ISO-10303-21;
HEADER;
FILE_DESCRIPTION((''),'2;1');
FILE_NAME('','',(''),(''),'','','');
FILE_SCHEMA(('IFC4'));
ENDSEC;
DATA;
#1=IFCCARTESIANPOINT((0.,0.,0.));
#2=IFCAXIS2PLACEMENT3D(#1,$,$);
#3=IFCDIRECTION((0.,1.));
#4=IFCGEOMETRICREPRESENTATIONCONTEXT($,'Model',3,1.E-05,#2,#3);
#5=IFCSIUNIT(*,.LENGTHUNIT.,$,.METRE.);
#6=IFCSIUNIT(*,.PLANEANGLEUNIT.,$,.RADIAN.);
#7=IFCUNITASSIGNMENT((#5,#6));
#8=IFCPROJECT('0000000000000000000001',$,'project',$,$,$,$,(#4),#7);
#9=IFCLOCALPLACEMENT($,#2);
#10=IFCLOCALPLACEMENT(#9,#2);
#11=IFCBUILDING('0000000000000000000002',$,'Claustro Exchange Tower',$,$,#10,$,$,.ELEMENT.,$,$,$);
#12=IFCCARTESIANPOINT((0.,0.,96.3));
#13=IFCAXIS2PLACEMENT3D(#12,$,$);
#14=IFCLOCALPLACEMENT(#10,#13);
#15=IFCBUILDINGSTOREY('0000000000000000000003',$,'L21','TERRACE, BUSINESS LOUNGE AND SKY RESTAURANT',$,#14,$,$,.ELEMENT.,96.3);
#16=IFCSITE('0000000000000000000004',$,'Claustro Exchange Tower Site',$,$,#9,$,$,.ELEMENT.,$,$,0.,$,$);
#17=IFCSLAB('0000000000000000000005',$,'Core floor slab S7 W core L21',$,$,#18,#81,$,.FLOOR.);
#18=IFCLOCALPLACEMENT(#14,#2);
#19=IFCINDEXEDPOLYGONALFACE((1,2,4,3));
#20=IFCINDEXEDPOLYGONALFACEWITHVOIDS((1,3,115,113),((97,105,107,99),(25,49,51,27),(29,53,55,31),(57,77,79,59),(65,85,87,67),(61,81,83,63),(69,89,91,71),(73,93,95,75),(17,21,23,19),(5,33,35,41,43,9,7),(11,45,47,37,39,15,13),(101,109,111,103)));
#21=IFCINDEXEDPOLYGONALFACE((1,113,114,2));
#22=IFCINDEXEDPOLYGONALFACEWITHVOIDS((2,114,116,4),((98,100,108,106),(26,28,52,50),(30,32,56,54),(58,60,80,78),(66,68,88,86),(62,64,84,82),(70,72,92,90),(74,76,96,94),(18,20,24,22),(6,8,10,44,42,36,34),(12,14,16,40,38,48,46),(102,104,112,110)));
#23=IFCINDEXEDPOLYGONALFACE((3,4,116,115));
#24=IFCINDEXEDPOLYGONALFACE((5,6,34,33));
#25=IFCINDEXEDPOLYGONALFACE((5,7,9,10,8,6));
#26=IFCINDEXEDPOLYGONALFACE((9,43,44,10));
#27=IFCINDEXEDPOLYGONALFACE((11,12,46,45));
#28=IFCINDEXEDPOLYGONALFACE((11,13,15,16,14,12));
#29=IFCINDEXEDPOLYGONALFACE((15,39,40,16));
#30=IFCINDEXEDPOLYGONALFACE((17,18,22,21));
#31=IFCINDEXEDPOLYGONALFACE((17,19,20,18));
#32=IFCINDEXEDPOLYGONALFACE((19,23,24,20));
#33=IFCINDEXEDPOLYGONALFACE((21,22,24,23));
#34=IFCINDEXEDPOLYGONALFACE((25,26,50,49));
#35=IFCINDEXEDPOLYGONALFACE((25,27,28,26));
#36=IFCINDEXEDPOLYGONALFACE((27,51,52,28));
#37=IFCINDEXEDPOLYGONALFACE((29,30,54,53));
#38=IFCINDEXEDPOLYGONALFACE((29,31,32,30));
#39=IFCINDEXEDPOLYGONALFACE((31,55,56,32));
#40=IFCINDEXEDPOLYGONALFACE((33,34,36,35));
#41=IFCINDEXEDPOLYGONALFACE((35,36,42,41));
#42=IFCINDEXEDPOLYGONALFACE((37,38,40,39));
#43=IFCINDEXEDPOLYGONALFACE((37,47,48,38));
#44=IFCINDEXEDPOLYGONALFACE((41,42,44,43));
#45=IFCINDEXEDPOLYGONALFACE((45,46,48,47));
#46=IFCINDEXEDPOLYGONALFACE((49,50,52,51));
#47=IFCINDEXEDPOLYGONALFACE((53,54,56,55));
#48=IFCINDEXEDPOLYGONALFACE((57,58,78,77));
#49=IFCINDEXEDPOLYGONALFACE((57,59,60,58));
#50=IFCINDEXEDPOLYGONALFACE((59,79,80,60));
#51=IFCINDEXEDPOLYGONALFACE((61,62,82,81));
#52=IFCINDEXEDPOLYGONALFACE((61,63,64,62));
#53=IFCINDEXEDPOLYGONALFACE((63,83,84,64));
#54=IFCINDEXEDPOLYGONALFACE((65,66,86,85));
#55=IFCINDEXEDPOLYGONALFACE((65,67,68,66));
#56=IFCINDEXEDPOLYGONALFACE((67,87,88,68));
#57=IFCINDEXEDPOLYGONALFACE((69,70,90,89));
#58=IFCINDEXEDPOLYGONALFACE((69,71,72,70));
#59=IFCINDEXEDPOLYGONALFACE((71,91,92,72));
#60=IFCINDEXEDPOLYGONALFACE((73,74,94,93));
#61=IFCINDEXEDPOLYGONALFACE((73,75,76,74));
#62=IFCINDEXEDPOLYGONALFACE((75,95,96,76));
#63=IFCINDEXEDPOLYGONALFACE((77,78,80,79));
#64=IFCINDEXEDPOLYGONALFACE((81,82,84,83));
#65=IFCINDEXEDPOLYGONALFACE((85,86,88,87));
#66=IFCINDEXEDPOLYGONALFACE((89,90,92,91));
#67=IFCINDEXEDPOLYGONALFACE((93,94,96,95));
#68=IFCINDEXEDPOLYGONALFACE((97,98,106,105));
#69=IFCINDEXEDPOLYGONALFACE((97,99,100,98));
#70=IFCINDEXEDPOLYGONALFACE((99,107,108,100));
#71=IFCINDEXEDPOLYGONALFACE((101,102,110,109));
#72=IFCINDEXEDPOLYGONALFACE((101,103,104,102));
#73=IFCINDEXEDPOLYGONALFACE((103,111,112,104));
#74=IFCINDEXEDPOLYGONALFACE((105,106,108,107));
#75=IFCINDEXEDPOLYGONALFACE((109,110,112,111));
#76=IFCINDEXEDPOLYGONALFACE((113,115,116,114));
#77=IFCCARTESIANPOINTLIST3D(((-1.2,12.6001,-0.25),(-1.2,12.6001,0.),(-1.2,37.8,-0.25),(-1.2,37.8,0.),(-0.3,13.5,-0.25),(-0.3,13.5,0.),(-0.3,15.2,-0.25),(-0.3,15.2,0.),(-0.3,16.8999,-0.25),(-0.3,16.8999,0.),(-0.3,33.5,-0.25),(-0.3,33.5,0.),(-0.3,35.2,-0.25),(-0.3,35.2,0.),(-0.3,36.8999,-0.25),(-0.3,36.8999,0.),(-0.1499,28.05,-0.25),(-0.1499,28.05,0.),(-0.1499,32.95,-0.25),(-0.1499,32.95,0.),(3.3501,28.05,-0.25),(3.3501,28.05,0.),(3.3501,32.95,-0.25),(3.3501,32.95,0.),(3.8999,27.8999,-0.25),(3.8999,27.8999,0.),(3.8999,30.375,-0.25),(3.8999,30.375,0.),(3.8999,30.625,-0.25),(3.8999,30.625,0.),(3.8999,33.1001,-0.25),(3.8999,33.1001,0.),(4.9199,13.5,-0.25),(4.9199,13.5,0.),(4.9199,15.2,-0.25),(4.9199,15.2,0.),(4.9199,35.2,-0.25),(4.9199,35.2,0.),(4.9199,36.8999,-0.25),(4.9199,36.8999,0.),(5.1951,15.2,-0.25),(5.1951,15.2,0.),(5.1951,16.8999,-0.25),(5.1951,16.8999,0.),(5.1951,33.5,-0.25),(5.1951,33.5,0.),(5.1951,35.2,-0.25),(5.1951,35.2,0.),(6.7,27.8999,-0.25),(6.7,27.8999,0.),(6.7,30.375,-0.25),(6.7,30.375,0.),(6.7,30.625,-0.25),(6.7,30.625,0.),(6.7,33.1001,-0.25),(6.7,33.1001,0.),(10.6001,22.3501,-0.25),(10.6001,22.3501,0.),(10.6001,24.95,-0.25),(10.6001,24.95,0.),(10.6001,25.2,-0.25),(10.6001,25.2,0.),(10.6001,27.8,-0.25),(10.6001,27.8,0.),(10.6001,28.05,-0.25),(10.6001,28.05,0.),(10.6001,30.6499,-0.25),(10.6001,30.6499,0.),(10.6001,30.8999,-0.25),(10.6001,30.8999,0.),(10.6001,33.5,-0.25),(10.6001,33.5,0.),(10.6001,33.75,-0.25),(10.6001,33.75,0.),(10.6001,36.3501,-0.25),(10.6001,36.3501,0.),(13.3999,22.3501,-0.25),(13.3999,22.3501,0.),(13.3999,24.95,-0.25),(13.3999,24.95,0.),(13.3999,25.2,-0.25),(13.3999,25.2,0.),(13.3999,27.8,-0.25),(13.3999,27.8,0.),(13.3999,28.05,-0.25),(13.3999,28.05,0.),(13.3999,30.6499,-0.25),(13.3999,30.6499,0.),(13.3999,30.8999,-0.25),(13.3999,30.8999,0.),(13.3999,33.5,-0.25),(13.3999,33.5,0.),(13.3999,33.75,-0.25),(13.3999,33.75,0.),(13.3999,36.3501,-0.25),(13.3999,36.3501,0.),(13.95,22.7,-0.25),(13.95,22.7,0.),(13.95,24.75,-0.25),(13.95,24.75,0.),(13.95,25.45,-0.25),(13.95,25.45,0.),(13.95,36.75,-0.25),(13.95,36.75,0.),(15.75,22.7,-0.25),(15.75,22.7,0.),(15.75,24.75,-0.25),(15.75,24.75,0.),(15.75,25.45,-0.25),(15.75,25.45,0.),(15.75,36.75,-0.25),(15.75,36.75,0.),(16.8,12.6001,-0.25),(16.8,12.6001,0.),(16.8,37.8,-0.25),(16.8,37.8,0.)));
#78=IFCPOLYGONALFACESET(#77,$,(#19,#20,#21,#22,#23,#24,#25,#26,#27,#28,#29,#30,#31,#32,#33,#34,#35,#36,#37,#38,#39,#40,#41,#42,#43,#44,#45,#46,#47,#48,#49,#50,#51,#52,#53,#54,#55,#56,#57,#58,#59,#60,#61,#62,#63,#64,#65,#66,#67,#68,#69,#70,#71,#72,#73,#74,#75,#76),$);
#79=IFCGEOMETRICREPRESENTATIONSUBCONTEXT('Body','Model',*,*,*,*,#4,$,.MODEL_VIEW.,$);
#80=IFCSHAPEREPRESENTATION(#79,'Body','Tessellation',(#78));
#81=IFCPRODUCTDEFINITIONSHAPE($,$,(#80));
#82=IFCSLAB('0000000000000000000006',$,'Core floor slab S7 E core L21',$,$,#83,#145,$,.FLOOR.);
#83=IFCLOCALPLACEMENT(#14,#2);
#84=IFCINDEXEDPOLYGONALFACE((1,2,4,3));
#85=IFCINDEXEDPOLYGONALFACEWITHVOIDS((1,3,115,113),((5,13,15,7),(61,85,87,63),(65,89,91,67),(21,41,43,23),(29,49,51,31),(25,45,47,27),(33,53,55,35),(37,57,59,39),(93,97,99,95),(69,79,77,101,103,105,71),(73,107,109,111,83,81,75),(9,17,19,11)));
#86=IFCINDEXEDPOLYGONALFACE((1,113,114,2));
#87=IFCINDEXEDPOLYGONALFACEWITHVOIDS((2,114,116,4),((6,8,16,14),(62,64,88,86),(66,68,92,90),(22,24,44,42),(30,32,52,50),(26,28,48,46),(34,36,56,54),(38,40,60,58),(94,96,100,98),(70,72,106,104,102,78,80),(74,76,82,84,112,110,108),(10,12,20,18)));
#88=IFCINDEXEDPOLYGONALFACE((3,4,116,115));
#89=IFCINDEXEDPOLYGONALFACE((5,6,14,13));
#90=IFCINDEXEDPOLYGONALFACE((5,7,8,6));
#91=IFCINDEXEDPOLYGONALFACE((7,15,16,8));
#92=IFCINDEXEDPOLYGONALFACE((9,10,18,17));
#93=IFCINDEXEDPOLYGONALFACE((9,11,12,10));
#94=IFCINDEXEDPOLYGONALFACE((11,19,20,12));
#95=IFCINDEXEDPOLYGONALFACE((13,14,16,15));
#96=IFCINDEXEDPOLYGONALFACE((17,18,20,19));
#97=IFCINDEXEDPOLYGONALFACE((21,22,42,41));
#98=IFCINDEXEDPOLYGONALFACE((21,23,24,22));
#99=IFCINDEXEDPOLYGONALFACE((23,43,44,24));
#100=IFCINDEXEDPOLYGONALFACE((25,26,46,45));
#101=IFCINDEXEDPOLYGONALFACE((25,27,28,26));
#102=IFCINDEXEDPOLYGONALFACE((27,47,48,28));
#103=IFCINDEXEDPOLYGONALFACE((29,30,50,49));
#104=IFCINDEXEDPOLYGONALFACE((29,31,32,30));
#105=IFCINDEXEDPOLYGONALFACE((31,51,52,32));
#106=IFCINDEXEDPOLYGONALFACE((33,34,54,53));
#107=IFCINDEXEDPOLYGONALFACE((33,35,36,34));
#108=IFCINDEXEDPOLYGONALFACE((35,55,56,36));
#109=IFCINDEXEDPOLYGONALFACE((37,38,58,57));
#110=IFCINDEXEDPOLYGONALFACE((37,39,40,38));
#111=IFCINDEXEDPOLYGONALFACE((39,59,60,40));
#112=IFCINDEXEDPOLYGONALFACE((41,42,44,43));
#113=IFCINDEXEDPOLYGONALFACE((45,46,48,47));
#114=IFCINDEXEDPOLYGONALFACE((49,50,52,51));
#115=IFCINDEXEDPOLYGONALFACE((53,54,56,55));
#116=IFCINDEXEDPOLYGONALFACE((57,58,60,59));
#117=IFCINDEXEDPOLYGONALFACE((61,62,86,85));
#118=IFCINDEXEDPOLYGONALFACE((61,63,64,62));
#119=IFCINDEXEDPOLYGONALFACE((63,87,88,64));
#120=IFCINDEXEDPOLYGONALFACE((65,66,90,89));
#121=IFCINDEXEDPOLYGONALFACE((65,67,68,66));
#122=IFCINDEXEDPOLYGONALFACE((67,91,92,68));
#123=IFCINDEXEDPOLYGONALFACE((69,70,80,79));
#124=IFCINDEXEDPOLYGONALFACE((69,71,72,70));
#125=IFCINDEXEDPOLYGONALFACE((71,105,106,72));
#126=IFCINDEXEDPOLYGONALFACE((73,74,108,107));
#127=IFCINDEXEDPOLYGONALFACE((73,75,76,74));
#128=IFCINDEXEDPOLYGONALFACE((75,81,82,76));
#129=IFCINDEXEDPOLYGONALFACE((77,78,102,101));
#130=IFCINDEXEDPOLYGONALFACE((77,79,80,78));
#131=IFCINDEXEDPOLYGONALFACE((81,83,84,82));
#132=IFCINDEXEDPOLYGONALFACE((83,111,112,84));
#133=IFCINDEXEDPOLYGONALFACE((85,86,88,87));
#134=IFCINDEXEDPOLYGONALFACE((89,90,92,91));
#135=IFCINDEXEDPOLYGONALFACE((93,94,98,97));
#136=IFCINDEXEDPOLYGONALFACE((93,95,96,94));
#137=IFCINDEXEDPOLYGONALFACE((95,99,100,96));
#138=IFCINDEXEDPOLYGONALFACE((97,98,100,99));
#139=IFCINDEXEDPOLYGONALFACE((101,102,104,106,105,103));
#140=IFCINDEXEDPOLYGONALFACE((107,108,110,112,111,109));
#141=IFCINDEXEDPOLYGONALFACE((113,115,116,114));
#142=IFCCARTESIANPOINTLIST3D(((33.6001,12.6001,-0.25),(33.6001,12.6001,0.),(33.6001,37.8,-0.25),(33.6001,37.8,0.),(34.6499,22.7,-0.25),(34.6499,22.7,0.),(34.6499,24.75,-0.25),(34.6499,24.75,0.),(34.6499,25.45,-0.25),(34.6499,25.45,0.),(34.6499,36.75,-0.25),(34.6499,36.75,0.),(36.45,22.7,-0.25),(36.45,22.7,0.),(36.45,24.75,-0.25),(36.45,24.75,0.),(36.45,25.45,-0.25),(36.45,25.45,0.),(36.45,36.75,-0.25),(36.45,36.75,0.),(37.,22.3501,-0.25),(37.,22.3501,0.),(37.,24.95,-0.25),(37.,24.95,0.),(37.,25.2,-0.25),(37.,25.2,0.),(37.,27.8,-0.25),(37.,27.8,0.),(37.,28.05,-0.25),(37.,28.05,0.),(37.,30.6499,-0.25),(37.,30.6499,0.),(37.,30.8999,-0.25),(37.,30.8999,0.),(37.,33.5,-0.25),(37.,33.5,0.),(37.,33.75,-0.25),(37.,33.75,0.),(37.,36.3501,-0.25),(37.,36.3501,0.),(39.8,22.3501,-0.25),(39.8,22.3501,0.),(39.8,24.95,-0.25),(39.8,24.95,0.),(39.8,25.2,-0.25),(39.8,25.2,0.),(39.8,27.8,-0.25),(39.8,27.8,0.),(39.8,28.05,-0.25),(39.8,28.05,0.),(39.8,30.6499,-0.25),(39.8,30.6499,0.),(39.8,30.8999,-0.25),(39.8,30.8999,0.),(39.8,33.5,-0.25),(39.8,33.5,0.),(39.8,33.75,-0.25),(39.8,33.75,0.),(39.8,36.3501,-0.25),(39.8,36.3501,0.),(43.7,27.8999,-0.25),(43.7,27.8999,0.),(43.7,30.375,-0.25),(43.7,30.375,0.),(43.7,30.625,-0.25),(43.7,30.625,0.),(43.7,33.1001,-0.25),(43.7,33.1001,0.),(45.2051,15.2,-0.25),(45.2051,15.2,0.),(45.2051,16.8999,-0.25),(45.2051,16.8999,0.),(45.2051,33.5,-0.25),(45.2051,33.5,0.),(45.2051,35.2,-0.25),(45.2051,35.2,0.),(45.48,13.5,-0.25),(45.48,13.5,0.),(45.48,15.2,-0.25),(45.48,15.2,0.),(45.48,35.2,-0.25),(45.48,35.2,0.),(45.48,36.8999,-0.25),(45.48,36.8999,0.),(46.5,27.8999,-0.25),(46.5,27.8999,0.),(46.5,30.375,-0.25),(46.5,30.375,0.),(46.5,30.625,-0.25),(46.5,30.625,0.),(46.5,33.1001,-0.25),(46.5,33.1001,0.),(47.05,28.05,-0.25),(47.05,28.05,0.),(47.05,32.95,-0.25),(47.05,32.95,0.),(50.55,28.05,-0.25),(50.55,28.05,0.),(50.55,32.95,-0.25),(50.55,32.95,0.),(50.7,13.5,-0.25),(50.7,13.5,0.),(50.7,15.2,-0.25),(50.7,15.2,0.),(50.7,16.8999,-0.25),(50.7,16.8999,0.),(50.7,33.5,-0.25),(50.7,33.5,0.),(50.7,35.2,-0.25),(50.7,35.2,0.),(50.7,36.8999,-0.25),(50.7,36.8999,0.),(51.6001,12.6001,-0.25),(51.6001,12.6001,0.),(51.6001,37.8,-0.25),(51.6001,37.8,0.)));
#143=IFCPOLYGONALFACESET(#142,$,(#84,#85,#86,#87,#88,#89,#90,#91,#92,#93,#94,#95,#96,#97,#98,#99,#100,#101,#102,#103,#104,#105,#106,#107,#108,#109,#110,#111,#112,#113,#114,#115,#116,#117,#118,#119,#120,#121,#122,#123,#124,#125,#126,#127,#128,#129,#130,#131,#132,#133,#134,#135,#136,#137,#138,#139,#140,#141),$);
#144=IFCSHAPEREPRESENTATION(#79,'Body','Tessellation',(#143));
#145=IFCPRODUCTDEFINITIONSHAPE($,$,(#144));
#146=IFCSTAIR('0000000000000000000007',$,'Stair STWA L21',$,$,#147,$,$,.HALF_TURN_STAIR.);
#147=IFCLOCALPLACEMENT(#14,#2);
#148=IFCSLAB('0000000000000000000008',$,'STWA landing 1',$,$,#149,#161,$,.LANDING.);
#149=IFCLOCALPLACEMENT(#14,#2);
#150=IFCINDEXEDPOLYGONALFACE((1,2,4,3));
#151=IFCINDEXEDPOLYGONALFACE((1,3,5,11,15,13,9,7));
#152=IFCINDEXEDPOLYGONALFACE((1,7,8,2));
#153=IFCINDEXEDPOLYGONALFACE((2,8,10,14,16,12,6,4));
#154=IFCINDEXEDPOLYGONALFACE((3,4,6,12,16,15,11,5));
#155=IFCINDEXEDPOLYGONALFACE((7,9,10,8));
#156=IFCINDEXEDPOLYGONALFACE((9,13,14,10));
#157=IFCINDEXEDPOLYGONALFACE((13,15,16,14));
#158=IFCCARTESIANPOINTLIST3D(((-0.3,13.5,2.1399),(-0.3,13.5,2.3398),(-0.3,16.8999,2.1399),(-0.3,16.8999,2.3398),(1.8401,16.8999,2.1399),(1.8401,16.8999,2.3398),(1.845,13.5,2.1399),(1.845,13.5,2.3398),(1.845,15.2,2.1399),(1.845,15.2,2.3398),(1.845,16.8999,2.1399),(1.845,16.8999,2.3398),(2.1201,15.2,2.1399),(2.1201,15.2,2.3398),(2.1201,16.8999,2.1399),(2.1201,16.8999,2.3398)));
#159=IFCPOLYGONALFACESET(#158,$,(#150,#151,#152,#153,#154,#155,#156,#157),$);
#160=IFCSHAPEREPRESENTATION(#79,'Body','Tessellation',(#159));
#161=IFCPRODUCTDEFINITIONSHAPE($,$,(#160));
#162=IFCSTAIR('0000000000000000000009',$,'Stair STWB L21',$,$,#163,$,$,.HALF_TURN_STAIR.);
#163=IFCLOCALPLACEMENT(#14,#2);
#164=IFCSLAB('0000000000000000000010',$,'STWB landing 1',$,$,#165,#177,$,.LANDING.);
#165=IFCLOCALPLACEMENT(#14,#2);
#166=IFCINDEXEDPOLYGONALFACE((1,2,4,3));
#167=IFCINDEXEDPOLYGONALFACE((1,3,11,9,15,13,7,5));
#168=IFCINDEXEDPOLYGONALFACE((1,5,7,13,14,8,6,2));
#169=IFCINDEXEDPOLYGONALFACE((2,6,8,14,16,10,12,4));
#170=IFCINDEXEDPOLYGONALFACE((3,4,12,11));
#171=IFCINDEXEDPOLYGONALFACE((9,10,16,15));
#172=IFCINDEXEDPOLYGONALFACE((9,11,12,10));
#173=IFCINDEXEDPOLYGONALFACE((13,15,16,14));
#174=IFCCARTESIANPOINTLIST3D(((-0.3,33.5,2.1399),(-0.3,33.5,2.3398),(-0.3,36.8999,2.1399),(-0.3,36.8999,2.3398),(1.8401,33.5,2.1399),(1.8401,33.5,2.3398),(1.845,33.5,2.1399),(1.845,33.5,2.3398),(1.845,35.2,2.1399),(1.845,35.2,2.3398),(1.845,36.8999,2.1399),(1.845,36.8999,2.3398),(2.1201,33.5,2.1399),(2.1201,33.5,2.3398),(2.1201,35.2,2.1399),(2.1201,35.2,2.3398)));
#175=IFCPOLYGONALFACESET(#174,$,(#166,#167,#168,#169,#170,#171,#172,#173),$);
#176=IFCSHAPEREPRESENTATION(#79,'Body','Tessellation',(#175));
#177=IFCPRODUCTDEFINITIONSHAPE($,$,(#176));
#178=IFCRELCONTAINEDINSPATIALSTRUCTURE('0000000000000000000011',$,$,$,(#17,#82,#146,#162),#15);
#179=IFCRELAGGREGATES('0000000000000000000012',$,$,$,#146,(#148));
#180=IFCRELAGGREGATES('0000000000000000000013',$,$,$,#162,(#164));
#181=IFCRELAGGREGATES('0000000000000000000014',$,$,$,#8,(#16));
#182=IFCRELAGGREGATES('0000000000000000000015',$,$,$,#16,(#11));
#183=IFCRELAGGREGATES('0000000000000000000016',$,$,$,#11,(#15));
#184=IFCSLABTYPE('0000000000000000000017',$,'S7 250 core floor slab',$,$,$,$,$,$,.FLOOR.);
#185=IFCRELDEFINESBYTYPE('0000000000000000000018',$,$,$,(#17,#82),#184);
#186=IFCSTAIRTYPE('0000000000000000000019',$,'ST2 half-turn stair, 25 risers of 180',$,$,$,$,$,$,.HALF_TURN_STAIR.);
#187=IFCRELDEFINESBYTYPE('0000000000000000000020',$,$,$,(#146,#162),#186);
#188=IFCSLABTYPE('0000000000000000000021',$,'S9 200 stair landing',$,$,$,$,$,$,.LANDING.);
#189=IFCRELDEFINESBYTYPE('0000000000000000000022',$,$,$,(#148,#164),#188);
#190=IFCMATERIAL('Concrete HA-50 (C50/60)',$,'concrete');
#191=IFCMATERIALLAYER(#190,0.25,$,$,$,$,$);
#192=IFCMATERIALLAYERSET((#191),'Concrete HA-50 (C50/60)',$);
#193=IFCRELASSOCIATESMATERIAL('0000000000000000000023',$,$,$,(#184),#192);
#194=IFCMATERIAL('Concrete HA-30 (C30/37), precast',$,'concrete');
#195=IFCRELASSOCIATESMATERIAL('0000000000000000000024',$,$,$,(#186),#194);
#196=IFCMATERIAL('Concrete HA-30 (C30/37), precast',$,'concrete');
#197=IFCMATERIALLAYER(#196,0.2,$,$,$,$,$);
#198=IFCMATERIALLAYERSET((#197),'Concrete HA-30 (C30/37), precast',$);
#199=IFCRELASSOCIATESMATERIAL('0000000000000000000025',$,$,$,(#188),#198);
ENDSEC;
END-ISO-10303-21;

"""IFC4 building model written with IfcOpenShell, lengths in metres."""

from ifc_helpers import new_model, si_unit, direction, frame, origin, place, context, subcontext, project, spatial, polyline, outline, extrude, material, layer, layer_set, type_object, element, aggregate, save


model = new_model("IFC4")

# Units and contexts
model_context = context("Model", 3, precision=1e-05, world=origin(), true_north=direction((0.0, 1.0)))
body_context = subcontext(model_context, "Body", "Model", "MODEL_VIEW")
ifc_project = project(units=[si_unit("LENGTHUNIT", "METRE"), si_unit("PLANEANGLEUNIT", "RADIAN")], contexts=[model_context])

# Site, building, storey
site_placement = place(None, origin())
site = spatial("IfcSite", under=ifc_project, at=site_placement, Name="Claustro Exchange Tower Site", CompositionType="ELEMENT", RefElevation=0.0)
building_placement = place(site_placement, origin())
building = spatial("IfcBuilding", under=site, at=building_placement, Name="Claustro Exchange Tower", CompositionType="ELEMENT")
storey_placement = place(building_placement, frame((0.0, 0.0, 96.3)))
storey = spatial("IfcBuildingStorey", under=building, at=storey_placement, Name="L21", Description="TERRACE, BUSINESS LOUNGE AND SKY RESTAURANT", CompositionType="ELEMENT", Elevation=96.3)

# Slabs
ifc_material_1 = material(Name="Concrete HA-50 (C50/60)", Category="concrete")
ifc_layer_1 = layer(ifc_material_1, 0.25)
ifc_layer_set_1 = layer_set([ifc_layer_1], Name="Concrete HA-50 (C50/60)")
slab_type_1 = type_object("IfcSlabType", Name="S7 250 core floor slab", PredefinedType="FLOOR", material=ifc_layer_set_1)
slab_1_placement = place(storey_placement, frame((0.0, 0.0, -0.25)))
element("IfcSlab", 1, at=slab_1_placement, inside=storey, type_object=slab_type_1, Name="Core floor slab S7 W core L21", PredefinedType="FLOOR", context=body_context, shape_type="SweptSolid", body=[
    extrude(outline(polyline([(-1.2, 12.6001), (16.8, 12.6001), (16.8, 37.8), (-1.2, 37.8), (-1.2, 12.6001)]), holes=[polyline([(13.95, 24.75), (15.75, 24.75), (15.75, 22.7), (13.95, 22.7), (13.95, 24.75)]), polyline([(13.95, 36.75), (15.75, 36.75), (15.75, 25.45), (13.95, 25.45), (13.95, 36.75)]), polyline([(13.3999, 24.95), (13.3999, 22.3501), (10.6001, 22.3501), (10.6001, 24.95), (13.3999, 24.95)]), polyline([(13.3999, 27.8), (13.3999, 25.2), (10.6001, 25.2), (10.6001, 27.8), (13.3999, 27.8)]), polyline([(13.3999, 30.6499), (13.3999, 28.05), (10.6001, 28.05), (10.6001, 30.6499), (13.3999, 30.6499)]), polyline([(13.3999, 33.5), (13.3999, 30.8999), (10.6001, 30.8999), (10.6001, 33.5), (13.3999, 33.5)]), polyline([(13.3999, 36.3501), (13.3999, 33.75), (10.6001, 33.75), (10.6001, 36.3501), (13.3999, 36.3501)]), polyline([(6.7, 30.375), (6.7, 27.8999), (3.8999, 27.8999), (3.8999, 30.375), (6.7, 30.375)]), polyline([(6.7, 33.1001), (6.7, 30.625), (3.8999, 30.625), (3.8999, 33.1001), (6.7, 33.1001)]), polyline([(-0.3, 15.2), (-0.3, 16.8999), (5.1951, 16.8999), (5.1951, 15.2), (4.9199, 15.2), (4.9199, 13.5), (-0.3, 13.5), (-0.3, 15.2)]), polyline([(-0.3, 35.2), (-0.3, 36.8999), (4.9199, 36.8999), (4.9199, 35.2), (5.1951, 35.2), (5.1951, 33.5), (-0.3, 33.5), (-0.3, 35.2)]), polyline([(-0.1499, 32.95), (3.3501, 32.95), (3.3501, 28.05), (-0.1499, 28.05), (-0.1499, 32.95)])]), origin(), (0.0, 0.0, 1.0), 0.25),
])
slab_2_placement = place(storey_placement, frame((0.0, 0.0, -0.25)))
element("IfcSlab", 2, at=slab_2_placement, inside=storey, type_object=slab_type_1, Name="Core floor slab S7 E core L21", PredefinedType="FLOOR", context=body_context, shape_type="SweptSolid", body=[
    extrude(outline(polyline([(33.6001, 12.6001), (51.6001, 12.6001), (51.6001, 37.8), (33.6001, 37.8), (33.6001, 12.6001)]), holes=[polyline([(45.48, 15.2), (45.2051, 15.2), (45.2051, 16.8999), (50.7, 16.8999), (50.7, 15.2), (50.7, 13.5), (45.48, 13.5), (45.48, 15.2)]), polyline([(45.48, 35.2), (45.48, 36.8999), (50.7, 36.8999), (50.7, 35.2), (50.7, 33.5), (45.2051, 33.5), (45.2051, 35.2), (45.48, 35.2)]), polyline([(50.55, 32.95), (50.55, 28.05), (47.05, 28.05), (47.05, 32.95), (50.55, 32.95)]), polyline([(43.7, 33.1001), (46.5, 33.1001), (46.5, 30.625), (43.7, 30.625), (43.7, 33.1001)]), polyline([(46.5, 30.375), (46.5, 27.8999), (43.7, 27.8999), (43.7, 30.375), (46.5, 30.375)]), polyline([(37.0, 24.95), (39.8, 24.95), (39.8, 22.3501), (37.0, 22.3501), (37.0, 24.95)]), polyline([(37.0, 30.6499), (39.8, 30.6499), (39.8, 28.05), (37.0, 28.05), (37.0, 30.6499)]), polyline([(39.8, 27.8), (39.8, 25.2), (37.0, 25.2), (37.0, 27.8), (39.8, 27.8)]), polyline([(39.8, 33.5), (39.8, 30.8999), (37.0, 30.8999), (37.0, 33.5), (39.8, 33.5)]), polyline([(39.8, 36.3501), (39.8, 33.75), (37.0, 33.75), (37.0, 36.3501), (39.8, 36.3501)]), polyline([(36.45, 24.75), (36.45, 22.7), (34.6499, 22.7), (34.6499, 24.75), (36.45, 24.75)]), polyline([(36.45, 36.75), (36.45, 25.45), (34.6499, 25.45), (34.6499, 36.75), (36.45, 36.75)])]), origin(), (0.0, 0.0, 1.0), 0.25),
])

# Stairs, slabs
ifc_material_2 = material(Name="Concrete HA-30 (C30/37), precast", Category="concrete")
stair_type = type_object("IfcStairType", Name="ST2 half-turn stair, 25 risers of 180", PredefinedType="HALF_TURN_STAIR", material=ifc_material_2)
stair_1_placement = place(storey_placement, origin())
stair_1 = element("IfcStair", 3, at=stair_1_placement, inside=storey, type_object=stair_type, Name="Stair STWA L21", PredefinedType="HALF_TURN_STAIR")
ifc_material_3 = material(Name="Concrete HA-30 (C30/37), precast", Category="concrete")
ifc_layer_2 = layer(ifc_material_3, 0.2)
ifc_layer_set_2 = layer_set([ifc_layer_2], Name="Concrete HA-30 (C30/37), precast")
slab_type_2 = type_object("IfcSlabType", Name="S9 200 stair landing", PredefinedType="LANDING", material=ifc_layer_set_2)
slab_3_placement = place(storey_placement, frame((0.0, 0.0, 2.1399)))
slab_3 = element("IfcSlab", 4, at=slab_3_placement, type_object=slab_type_2, Name="STWA landing 1", PredefinedType="LANDING", context=body_context, shape_type="SweptSolid", body=[
    extrude(outline(polyline([(1.845, 13.5), (-0.3, 13.5), (-0.3, 16.8999), (1.8401, 16.8999), (1.845, 16.8999), (2.1201, 16.8999), (2.1201, 15.2), (1.845, 15.2), (1.845, 13.5)])), origin(), (0.0, 0.0, 1.0), 0.2),
])
aggregate(stair_1, [slab_3])
stair_2_placement = place(storey_placement, origin())
stair_2 = element("IfcStair", 5, at=stair_2_placement, inside=storey, type_object=stair_type, Name="Stair STWB L21", PredefinedType="HALF_TURN_STAIR")
slab_4_placement = place(storey_placement, frame((0.0, 0.0, 2.1399)))
slab_4 = element("IfcSlab", 6, at=slab_4_placement, type_object=slab_type_2, Name="STWB landing 1", PredefinedType="LANDING", context=body_context, shape_type="SweptSolid", body=[
    extrude(outline(polyline([(2.1201, 35.2), (2.1201, 33.5), (1.845, 33.5), (1.8401, 33.5), (-0.3, 33.5), (-0.3, 36.8999), (1.845, 36.8999), (1.845, 35.2), (2.1201, 35.2)])), origin(), (0.0, 0.0, 1.0), 0.2),
])
aggregate(stair_2, [slab_4])

save(model, "model.ifc")
